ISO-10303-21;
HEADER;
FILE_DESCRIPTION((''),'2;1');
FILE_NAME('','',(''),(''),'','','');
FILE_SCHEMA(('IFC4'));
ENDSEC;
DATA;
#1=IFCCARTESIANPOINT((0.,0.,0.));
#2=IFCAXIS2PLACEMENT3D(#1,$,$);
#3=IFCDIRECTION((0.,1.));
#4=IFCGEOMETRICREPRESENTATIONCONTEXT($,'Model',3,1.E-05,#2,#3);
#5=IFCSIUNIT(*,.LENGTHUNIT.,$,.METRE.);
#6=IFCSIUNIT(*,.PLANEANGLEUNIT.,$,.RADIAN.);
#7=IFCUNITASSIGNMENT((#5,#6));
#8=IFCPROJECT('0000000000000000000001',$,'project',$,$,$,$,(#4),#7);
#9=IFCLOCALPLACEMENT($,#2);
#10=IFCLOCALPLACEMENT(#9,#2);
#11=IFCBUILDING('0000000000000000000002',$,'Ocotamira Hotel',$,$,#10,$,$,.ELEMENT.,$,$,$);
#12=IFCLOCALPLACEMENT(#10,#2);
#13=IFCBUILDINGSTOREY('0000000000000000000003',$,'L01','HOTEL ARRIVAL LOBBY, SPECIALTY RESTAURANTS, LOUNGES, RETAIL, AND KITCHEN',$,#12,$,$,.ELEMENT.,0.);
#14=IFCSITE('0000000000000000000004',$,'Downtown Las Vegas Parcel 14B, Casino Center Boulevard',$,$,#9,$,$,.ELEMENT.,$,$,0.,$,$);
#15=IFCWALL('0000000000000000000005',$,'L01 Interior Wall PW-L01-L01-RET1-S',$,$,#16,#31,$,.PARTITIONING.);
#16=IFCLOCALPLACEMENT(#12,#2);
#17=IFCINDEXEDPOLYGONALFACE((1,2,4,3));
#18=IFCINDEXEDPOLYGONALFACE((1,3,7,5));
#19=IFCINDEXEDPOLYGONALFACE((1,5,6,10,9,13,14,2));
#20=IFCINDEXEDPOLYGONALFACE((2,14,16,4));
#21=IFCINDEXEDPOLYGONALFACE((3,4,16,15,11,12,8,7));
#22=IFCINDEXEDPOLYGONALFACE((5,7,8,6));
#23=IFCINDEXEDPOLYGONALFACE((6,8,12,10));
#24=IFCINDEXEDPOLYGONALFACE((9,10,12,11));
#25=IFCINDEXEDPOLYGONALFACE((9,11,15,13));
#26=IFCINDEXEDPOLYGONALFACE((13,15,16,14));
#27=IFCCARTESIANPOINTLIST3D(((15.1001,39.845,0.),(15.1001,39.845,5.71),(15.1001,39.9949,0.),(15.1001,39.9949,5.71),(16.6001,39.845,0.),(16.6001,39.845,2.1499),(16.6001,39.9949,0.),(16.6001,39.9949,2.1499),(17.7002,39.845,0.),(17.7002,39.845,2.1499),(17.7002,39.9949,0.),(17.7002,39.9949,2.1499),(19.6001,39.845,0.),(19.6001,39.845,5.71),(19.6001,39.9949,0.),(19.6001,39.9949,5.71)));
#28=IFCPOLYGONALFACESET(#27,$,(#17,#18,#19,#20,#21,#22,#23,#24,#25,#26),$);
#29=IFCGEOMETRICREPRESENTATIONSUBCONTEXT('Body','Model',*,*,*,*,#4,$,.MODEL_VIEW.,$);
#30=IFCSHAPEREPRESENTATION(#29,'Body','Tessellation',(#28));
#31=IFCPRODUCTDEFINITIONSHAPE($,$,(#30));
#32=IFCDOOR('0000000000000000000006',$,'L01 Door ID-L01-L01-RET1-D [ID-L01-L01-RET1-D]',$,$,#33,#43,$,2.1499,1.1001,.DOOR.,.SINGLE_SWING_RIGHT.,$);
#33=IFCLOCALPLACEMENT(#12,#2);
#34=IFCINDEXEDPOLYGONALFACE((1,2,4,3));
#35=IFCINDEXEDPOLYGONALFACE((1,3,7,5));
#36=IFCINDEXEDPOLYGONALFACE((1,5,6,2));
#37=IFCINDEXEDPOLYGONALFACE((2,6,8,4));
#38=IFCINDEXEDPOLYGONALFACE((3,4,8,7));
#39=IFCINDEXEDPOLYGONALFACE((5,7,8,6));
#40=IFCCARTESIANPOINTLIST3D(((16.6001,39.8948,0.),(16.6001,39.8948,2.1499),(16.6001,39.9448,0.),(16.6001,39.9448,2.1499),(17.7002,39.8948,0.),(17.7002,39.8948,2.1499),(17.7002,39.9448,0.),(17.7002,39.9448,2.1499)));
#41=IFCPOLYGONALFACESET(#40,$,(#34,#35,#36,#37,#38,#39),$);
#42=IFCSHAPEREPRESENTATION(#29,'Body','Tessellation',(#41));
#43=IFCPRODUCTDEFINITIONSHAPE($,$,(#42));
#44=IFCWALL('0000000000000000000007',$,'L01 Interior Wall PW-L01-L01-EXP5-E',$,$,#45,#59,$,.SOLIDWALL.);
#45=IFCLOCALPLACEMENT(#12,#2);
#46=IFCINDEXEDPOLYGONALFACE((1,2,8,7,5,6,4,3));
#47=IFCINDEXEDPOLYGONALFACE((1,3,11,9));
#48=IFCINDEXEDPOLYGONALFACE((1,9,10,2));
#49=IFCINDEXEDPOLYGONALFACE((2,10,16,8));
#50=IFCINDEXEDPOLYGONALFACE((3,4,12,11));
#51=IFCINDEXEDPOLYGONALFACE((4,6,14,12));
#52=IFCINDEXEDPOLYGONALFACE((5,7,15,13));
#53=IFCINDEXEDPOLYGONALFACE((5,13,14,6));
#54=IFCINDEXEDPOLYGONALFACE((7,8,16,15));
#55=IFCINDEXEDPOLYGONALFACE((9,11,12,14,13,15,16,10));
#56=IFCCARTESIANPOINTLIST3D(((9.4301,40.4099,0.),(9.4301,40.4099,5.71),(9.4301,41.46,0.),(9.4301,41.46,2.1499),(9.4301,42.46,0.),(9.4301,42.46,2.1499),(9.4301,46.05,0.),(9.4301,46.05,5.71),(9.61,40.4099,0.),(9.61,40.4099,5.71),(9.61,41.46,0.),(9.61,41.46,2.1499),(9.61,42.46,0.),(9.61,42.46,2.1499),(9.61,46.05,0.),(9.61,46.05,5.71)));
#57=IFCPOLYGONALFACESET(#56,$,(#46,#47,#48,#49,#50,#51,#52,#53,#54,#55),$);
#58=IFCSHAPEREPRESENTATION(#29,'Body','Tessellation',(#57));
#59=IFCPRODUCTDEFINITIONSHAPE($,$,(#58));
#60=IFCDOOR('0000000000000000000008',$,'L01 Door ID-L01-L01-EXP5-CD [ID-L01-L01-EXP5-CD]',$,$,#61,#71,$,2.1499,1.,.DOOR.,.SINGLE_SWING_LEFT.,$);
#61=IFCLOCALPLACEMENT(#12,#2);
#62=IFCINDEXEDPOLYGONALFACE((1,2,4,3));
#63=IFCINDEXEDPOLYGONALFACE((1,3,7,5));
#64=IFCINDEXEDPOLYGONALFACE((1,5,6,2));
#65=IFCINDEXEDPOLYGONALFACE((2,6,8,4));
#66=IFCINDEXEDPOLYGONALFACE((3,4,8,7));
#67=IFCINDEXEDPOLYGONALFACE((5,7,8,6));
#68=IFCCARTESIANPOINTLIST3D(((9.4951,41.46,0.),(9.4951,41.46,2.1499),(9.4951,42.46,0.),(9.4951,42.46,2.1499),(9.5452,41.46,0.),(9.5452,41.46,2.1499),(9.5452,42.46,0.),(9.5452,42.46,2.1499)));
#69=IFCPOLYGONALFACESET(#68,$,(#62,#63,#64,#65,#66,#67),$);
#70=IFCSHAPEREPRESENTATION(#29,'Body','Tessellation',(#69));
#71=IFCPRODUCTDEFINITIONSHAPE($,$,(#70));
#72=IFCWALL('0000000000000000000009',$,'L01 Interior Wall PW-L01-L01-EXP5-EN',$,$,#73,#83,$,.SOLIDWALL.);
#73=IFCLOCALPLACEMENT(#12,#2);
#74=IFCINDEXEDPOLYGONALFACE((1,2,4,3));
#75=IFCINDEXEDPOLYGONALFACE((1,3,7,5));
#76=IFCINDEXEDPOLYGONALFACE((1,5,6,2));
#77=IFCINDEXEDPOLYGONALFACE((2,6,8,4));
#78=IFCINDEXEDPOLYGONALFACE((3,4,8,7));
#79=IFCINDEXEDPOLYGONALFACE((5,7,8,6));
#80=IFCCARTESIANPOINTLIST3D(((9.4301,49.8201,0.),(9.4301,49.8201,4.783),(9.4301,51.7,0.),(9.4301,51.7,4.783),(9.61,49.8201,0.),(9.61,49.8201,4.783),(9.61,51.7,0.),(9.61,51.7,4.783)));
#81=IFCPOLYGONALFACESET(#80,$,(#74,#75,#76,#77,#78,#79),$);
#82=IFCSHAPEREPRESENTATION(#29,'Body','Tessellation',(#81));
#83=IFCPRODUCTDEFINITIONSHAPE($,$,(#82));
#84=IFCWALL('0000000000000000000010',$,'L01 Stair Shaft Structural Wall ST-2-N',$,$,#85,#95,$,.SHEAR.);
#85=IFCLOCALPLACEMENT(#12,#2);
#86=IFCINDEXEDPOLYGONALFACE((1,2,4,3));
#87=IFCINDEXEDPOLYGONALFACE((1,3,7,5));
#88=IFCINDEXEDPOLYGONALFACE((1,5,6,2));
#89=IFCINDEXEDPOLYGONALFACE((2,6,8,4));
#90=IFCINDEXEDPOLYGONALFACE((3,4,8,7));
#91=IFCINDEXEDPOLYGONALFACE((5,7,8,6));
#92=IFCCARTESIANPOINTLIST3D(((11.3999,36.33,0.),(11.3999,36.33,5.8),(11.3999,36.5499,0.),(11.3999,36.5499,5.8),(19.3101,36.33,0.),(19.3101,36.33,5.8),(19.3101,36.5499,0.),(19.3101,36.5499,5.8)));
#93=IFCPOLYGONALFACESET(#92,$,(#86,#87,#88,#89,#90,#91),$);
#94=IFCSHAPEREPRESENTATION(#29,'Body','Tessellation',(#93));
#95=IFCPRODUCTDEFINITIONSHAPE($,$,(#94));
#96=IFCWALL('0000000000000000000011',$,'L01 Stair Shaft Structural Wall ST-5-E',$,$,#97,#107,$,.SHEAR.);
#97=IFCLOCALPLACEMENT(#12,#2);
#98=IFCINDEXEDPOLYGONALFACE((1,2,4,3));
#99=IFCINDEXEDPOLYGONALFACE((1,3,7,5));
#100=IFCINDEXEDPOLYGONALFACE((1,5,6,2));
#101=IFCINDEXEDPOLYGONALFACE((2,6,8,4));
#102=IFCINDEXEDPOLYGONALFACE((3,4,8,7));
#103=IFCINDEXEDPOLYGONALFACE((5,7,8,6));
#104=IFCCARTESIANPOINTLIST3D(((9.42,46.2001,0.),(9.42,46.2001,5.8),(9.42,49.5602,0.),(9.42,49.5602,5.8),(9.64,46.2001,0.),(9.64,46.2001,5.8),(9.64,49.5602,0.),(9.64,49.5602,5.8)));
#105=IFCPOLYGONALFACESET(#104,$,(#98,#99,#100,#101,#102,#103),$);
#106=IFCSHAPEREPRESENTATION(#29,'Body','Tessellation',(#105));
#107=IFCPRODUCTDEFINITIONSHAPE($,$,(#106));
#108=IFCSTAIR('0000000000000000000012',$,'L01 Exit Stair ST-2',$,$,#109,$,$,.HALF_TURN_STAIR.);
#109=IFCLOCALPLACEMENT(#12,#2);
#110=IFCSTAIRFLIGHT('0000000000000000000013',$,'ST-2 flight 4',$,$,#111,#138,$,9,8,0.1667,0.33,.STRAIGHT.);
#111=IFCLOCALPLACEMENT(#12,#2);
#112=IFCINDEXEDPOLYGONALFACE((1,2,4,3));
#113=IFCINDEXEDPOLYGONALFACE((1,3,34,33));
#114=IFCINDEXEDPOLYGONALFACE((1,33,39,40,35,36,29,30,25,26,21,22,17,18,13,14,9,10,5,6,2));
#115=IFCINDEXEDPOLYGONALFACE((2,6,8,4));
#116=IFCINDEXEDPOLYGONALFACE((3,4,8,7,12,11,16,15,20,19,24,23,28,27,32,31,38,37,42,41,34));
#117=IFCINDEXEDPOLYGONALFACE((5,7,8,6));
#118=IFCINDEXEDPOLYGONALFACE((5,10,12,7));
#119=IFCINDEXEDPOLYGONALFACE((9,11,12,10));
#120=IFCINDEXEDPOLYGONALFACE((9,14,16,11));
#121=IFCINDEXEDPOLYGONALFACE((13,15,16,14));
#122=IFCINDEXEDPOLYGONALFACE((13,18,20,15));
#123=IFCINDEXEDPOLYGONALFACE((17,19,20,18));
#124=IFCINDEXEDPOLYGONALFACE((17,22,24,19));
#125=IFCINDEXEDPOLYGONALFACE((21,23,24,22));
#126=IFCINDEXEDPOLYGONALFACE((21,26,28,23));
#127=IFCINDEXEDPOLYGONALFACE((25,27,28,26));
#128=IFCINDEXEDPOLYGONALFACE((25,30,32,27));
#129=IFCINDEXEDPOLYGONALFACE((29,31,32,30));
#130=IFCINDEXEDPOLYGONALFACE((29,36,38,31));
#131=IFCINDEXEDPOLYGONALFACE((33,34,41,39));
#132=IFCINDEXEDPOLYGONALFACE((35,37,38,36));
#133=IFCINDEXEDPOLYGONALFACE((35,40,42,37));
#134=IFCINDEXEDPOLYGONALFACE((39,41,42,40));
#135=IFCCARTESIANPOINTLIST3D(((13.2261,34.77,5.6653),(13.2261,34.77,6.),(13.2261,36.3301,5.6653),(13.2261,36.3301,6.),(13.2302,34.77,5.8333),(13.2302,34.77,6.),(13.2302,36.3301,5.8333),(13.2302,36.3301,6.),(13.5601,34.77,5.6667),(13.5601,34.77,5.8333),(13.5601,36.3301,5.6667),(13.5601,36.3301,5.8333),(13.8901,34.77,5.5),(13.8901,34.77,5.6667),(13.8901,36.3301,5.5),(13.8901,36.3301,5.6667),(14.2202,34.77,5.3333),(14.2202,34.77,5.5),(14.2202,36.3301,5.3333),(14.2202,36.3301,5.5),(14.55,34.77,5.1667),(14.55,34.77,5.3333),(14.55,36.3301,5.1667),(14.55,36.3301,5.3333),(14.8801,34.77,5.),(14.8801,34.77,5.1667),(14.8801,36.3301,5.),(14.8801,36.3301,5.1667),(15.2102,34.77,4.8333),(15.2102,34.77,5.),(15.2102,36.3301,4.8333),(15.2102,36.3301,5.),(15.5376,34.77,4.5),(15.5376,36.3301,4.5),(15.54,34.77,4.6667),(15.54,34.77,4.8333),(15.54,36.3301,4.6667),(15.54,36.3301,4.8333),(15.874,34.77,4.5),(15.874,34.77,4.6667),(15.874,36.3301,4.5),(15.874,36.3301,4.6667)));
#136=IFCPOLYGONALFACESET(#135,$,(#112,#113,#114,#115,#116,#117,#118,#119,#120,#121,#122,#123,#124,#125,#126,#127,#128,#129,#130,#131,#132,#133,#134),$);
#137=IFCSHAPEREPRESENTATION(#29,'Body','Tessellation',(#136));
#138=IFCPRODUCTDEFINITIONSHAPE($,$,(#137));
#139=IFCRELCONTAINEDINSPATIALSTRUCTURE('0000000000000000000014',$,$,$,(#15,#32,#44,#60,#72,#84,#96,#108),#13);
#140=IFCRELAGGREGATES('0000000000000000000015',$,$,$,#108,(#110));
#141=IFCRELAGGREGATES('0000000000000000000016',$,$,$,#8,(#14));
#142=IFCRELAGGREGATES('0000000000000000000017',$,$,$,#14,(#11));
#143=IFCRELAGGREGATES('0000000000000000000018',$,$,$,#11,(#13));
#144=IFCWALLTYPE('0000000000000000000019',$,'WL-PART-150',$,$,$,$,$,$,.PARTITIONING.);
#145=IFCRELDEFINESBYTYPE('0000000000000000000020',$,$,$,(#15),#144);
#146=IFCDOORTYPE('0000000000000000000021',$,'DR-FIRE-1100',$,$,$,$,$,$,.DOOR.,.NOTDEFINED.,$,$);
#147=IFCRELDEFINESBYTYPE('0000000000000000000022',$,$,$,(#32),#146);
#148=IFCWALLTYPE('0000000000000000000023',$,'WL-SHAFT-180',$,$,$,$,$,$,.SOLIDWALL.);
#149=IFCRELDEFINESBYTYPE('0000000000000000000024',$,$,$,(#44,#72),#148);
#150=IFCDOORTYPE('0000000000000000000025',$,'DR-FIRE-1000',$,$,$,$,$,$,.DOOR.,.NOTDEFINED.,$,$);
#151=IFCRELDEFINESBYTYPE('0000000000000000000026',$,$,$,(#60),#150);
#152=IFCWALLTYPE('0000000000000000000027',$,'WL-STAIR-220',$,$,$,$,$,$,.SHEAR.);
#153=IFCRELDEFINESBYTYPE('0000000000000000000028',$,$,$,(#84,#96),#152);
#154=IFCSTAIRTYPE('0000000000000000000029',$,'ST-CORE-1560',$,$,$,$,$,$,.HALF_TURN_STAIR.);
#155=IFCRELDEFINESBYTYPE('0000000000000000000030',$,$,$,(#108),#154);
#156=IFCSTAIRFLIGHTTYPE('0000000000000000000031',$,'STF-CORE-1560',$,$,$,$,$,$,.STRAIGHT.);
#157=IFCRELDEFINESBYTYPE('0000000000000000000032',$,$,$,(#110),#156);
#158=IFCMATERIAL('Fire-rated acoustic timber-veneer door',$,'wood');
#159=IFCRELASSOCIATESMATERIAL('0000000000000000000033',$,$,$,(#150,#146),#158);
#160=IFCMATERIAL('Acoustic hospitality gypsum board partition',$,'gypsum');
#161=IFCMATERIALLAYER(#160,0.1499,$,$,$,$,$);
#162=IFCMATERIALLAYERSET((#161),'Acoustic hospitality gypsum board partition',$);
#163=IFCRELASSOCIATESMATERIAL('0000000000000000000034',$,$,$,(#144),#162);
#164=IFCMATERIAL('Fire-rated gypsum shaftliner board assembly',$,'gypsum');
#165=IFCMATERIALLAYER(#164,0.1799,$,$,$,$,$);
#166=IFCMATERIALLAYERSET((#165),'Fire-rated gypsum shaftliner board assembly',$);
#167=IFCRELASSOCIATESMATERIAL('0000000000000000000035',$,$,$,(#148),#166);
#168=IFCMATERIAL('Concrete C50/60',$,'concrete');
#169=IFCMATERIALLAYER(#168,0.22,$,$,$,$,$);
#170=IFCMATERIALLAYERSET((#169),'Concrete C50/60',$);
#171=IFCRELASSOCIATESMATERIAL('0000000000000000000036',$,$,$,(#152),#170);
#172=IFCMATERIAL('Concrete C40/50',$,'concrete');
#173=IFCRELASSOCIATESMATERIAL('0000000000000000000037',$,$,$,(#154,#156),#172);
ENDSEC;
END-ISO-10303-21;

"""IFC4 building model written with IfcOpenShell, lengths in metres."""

from ifc_helpers import new_model, si_unit, direction, frame, frame_2d, origin, place, context, subcontext, project, spatial, polyline, rectangle, outline, extrude, source, transform, mapped, material, layer, layer_set, type_object, element, fill, aggregate, save


model = new_model("IFC4")

# Units and contexts
model_context = context("Model", 3, precision=1e-05, world=origin(), true_north=direction((0.0, 1.0)))
body_context = subcontext(model_context, "Body", "Model", "MODEL_VIEW")
ifc_project = project(units=[si_unit("LENGTHUNIT", "METRE"), si_unit("PLANEANGLEUNIT", "RADIAN")], contexts=[model_context])

# Site, building, storey
site_placement = place(None, origin())
site = spatial("IfcSite", under=ifc_project, at=site_placement, Name="Downtown Las Vegas Parcel 14B, Casino Center Boulevard", CompositionType="ELEMENT", RefElevation=0.0)
building_placement = place(site_placement, origin())
building = spatial("IfcBuilding", under=site, at=building_placement, Name="Ocotamira Hotel", CompositionType="ELEMENT")
storey_placement = place(building_placement, origin())
storey = spatial("IfcBuildingStorey", under=building, at=storey_placement, Name="L01", Description="HOTEL ARRIVAL LOBBY, SPECIALTY RESTAURANTS, LOUNGES, RETAIL, AND KITCHEN", CompositionType="ELEMENT", Elevation=0.0)

# Shared definitions
ifc_material_1 = material(Name="Fire-rated acoustic timber-veneer door", Category="wood")
door_type_1 = type_object("IfcDoorType", Name="DR-FIRE-1000", OperationType="NOTDEFINED", PredefinedType="DOOR", material=ifc_material_1)
shared_shape_1 = source(origin(), body_context, "Body", "SweptSolid", [
    extrude(rectangle(XDim=1.0, YDim=2.1499, at=frame_2d((0.5, 1.075))), frame((0.0, 0.0249, 0.0), z_axis=(0.0, -1.0, 0.0), x_axis=(1.0, 0.0, 0.0)), (0.0, 0.0, 1.0), 0.05),
])

# Walls, openings, doors
ifc_material_2 = material(Name="Acoustic hospitality gypsum board partition", Category="gypsum")
ifc_layer_1 = layer(ifc_material_2, 0.1499)
ifc_layer_set_1 = layer_set([ifc_layer_1], Name="Acoustic hospitality gypsum board partition")
wall_type_1 = type_object("IfcWallType", Name="WL-PART-150", PredefinedType="PARTITIONING", material=ifc_layer_set_1)
wall_1_placement = place(storey_placement, frame((15.1001, 39.9199, 0.0), z_axis=(0.0, 0.0, 1.0), x_axis=(1.0, 0.0, 0.0)))
wall_1 = element("IfcWall", 1, at=wall_1_placement, inside=storey, type_object=wall_type_1, Name="L01 Interior Wall PW-L01-L01-RET1-S", PredefinedType="PARTITIONING", context=body_context, shape_type="SweptSolid", body=[
    extrude(rectangle(XDim=4.5, YDim=0.1499, at=frame_2d((2.25, 0.0))), origin(), (0.0, 0.0, 1.0), 5.71),
])
opening_1_placement = place(wall_1_placement, frame((1.5, 0.0, 0.0)))
opening_1 = element("IfcOpeningElement", 2, at=opening_1_placement, cuts=wall_1, PredefinedType="OPENING", context=body_context, shape_type="SweptSolid", body=[
    extrude(rectangle(XDim=1.1001, YDim=2.1499, at=frame_2d((0.55, 1.075))), frame((0.0, 0.085, 0.0), z_axis=(0.0, -1.0, 0.0), x_axis=(1.0, 0.0, 0.0)), (0.0, 0.0, 1.0), 0.1699),
])
door_type_2 = type_object("IfcDoorType", Name="DR-FIRE-1100", OperationType="NOTDEFINED", PredefinedType="DOOR", material=ifc_material_1)
shared_shape_2 = source(origin(), body_context, "Body", "SweptSolid", [
    extrude(rectangle(XDim=1.1001, YDim=2.1499, at=frame_2d((0.55, 1.075))), frame((0.0, 0.0249, 0.0), z_axis=(0.0, -1.0, 0.0), x_axis=(1.0, 0.0, 0.0)), (0.0, 0.0, 1.0), 0.05),
])
door_1_placement = place(opening_1_placement, origin())
door_1 = element("IfcDoor", 3, at=door_1_placement, inside=storey, type_object=door_type_2, Name="L01 Door ID-L01-L01-RET1-D [ID-L01-L01-RET1-D]", OperationType="SINGLE_SWING_RIGHT", OverallHeight=2.1499, OverallWidth=1.1001, PredefinedType="DOOR", context=body_context, shape_type="MappedRepresentation", body=[
    mapped(shared_shape_2, transform((0.0, 0.0, 0.0), scale=1.0)),
])
fill(opening_1, door_1)
ifc_material_3 = material(Name="Fire-rated gypsum shaftliner board assembly", Category="gypsum")
ifc_layer_2 = layer(ifc_material_3, 0.1799)
ifc_layer_set_2 = layer_set([ifc_layer_2], Name="Fire-rated gypsum shaftliner board assembly")
wall_type_2 = type_object("IfcWallType", Name="WL-SHAFT-180", PredefinedType="SOLIDWALL", material=ifc_layer_set_2)
wall_2_placement = place(storey_placement, frame((9.52, 40.4099, 0.0), z_axis=(0.0, 0.0, 1.0), x_axis=(0.0, 1.0, 0.0)))
wall_2 = element("IfcWall", 4, at=wall_2_placement, inside=storey, type_object=wall_type_2, Name="L01 Interior Wall PW-L01-L01-EXP5-E", PredefinedType="SOLIDWALL", context=body_context, shape_type="SweptSolid", body=[
    extrude(rectangle(XDim=5.6401, YDim=0.1799, at=frame_2d((2.8201, 0.0))), origin(), (0.0, 0.0, 1.0), 5.71),
])
opening_2_placement = place(wall_2_placement, frame((1.05, 0.0, 0.0)))
opening_2 = element("IfcOpeningElement", 5, at=opening_2_placement, cuts=wall_2, PredefinedType="OPENING", context=body_context, shape_type="SweptSolid", body=[
    extrude(rectangle(XDim=1.0, YDim=2.1499, at=frame_2d((0.5, 1.075))), frame((0.0, 0.1001, 0.0), z_axis=(0.0, -1.0, 0.0), x_axis=(1.0, 0.0, 0.0)), (0.0, 0.0, 1.0), 0.2),
])
door_2_placement = place(opening_2_placement, origin())
door_2 = element("IfcDoor", 6, at=door_2_placement, inside=storey, type_object=door_type_1, Name="L01 Door ID-L01-L01-EXP5-CD [ID-L01-L01-EXP5-CD]", OperationType="SINGLE_SWING_LEFT", OverallHeight=2.1499, OverallWidth=1.0, PredefinedType="DOOR", context=body_context, shape_type="MappedRepresentation", body=[
    mapped(shared_shape_1, transform((0.0, 0.0, 0.0), scale=1.0)),
])
fill(opening_2, door_2)

# Walls
wall_3_placement = place(storey_placement, frame((9.52, 49.8201, 0.0), z_axis=(0.0, 0.0, 1.0), x_axis=(0.0, 1.0, 0.0)))
element("IfcWall", 7, at=wall_3_placement, inside=storey, type_object=wall_type_2, Name="L01 Interior Wall PW-L01-L01-EXP5-EN", PredefinedType="SOLIDWALL", context=body_context, shape_type="SweptSolid", body=[
    extrude(rectangle(XDim=1.8799, YDim=0.1799, at=frame_2d((0.9399, 0.0))), origin(), (0.0, 0.0, 1.0), 4.783),
])
ifc_material_4 = material(Name="Concrete C50/60", Category="concrete")
ifc_layer_3 = layer(ifc_material_4, 0.22)
ifc_layer_set_3 = layer_set([ifc_layer_3], Name="Concrete C50/60")
wall_type_3 = type_object("IfcWallType", Name="WL-STAIR-220", PredefinedType="SHEAR", material=ifc_layer_set_3)
wall_4_placement = place(storey_placement, frame((11.3999, 36.4399, 0.0), z_axis=(0.0, 0.0, 1.0), x_axis=(1.0, 0.0, 0.0)))
element("IfcWall", 8, at=wall_4_placement, inside=storey, type_object=wall_type_3, Name="L01 Stair Shaft Structural Wall ST-2-N", PredefinedType="SHEAR", context=body_context, shape_type="SweptSolid", body=[
    extrude(rectangle(XDim=7.9102, YDim=0.22, at=frame_2d((3.9551, 0.0))), origin(), (0.0, 0.0, 1.0), 5.8),
])
wall_5_placement = place(storey_placement, frame((9.53, 46.2, 0.0), z_axis=(0.0, 0.0, 1.0), x_axis=(0.0, 1.0, 0.0)))
element("IfcWall", 9, at=wall_5_placement, inside=storey, type_object=wall_type_3, Name="L01 Stair Shaft Structural Wall ST-5-E", PredefinedType="SHEAR", context=body_context, shape_type="SweptSolid", body=[
    extrude(rectangle(XDim=3.3601, YDim=0.22, at=frame_2d((1.6802, 0.0))), origin(), (0.0, 0.0, 1.0), 5.8),
])

# Stair, stair flight
ifc_material_5 = material(Name="Concrete C40/50", Category="concrete")
stair_type = type_object("IfcStairType", Name="ST-CORE-1560", PredefinedType="HALF_TURN_STAIR", material=ifc_material_5)
stair_placement = place(storey_placement, origin())
stair = element("IfcStair", 10, at=stair_placement, inside=storey, type_object=stair_type, Name="L01 Exit Stair ST-2", PredefinedType="HALF_TURN_STAIR")
stair_flight_type = type_object("IfcStairFlightType", Name="STF-CORE-1560", PredefinedType="STRAIGHT", material=ifc_material_5)
shared_shape_3 = source(origin(), body_context, "Body", "SweptSolid", [
    extrude(outline(polyline([(-0.0039, 0.0), (-0.0039, 0.1667), (0.3301, 0.1667), (0.3301, 0.3333), (0.6599, 0.3333), (0.6599, 0.5), (0.99, 0.5), (0.99, 0.6667), (1.3201, 0.6667), (1.3201, 0.8333), (1.6499, 0.8333), (1.6499, 1.0), (1.98, 1.0), (1.98, 1.1667), (2.3101, 1.1667), (2.3101, 1.3333), (2.6399, 1.3333), (2.6399, 1.5), (2.644, 1.5), (2.644, 1.1653), (0.3325, 0.0), (-0.0039, 0.0)])), frame((0.0, 0.78, 0.0), z_axis=(0.0, -1.0, 0.0), x_axis=(1.0, 0.0, 0.0)), (0.0, 0.0, 1.0), 1.5601),
])
stair_flight_placement = place(storey_placement, frame((15.8701, 35.55, 4.5), z_axis=(0.0, 0.0, 1.0), x_axis=(-1.0, 0.0, 0.0)))
stair_flight = element("IfcStairFlight", 11, at=stair_flight_placement, type_object=stair_flight_type, Name="ST-2 flight 4", NumberOfRisers=9, NumberOfTreads=8, PredefinedType="STRAIGHT", RiserHeight=0.1667, TreadLength=0.33, context=body_context, shape_type="MappedRepresentation", body=[
    mapped(shared_shape_3, transform((0.0, 0.0, 0.0), scale=1.0)),
])
aggregate(stair, [stair_flight])

save(model, "model.ifc")
